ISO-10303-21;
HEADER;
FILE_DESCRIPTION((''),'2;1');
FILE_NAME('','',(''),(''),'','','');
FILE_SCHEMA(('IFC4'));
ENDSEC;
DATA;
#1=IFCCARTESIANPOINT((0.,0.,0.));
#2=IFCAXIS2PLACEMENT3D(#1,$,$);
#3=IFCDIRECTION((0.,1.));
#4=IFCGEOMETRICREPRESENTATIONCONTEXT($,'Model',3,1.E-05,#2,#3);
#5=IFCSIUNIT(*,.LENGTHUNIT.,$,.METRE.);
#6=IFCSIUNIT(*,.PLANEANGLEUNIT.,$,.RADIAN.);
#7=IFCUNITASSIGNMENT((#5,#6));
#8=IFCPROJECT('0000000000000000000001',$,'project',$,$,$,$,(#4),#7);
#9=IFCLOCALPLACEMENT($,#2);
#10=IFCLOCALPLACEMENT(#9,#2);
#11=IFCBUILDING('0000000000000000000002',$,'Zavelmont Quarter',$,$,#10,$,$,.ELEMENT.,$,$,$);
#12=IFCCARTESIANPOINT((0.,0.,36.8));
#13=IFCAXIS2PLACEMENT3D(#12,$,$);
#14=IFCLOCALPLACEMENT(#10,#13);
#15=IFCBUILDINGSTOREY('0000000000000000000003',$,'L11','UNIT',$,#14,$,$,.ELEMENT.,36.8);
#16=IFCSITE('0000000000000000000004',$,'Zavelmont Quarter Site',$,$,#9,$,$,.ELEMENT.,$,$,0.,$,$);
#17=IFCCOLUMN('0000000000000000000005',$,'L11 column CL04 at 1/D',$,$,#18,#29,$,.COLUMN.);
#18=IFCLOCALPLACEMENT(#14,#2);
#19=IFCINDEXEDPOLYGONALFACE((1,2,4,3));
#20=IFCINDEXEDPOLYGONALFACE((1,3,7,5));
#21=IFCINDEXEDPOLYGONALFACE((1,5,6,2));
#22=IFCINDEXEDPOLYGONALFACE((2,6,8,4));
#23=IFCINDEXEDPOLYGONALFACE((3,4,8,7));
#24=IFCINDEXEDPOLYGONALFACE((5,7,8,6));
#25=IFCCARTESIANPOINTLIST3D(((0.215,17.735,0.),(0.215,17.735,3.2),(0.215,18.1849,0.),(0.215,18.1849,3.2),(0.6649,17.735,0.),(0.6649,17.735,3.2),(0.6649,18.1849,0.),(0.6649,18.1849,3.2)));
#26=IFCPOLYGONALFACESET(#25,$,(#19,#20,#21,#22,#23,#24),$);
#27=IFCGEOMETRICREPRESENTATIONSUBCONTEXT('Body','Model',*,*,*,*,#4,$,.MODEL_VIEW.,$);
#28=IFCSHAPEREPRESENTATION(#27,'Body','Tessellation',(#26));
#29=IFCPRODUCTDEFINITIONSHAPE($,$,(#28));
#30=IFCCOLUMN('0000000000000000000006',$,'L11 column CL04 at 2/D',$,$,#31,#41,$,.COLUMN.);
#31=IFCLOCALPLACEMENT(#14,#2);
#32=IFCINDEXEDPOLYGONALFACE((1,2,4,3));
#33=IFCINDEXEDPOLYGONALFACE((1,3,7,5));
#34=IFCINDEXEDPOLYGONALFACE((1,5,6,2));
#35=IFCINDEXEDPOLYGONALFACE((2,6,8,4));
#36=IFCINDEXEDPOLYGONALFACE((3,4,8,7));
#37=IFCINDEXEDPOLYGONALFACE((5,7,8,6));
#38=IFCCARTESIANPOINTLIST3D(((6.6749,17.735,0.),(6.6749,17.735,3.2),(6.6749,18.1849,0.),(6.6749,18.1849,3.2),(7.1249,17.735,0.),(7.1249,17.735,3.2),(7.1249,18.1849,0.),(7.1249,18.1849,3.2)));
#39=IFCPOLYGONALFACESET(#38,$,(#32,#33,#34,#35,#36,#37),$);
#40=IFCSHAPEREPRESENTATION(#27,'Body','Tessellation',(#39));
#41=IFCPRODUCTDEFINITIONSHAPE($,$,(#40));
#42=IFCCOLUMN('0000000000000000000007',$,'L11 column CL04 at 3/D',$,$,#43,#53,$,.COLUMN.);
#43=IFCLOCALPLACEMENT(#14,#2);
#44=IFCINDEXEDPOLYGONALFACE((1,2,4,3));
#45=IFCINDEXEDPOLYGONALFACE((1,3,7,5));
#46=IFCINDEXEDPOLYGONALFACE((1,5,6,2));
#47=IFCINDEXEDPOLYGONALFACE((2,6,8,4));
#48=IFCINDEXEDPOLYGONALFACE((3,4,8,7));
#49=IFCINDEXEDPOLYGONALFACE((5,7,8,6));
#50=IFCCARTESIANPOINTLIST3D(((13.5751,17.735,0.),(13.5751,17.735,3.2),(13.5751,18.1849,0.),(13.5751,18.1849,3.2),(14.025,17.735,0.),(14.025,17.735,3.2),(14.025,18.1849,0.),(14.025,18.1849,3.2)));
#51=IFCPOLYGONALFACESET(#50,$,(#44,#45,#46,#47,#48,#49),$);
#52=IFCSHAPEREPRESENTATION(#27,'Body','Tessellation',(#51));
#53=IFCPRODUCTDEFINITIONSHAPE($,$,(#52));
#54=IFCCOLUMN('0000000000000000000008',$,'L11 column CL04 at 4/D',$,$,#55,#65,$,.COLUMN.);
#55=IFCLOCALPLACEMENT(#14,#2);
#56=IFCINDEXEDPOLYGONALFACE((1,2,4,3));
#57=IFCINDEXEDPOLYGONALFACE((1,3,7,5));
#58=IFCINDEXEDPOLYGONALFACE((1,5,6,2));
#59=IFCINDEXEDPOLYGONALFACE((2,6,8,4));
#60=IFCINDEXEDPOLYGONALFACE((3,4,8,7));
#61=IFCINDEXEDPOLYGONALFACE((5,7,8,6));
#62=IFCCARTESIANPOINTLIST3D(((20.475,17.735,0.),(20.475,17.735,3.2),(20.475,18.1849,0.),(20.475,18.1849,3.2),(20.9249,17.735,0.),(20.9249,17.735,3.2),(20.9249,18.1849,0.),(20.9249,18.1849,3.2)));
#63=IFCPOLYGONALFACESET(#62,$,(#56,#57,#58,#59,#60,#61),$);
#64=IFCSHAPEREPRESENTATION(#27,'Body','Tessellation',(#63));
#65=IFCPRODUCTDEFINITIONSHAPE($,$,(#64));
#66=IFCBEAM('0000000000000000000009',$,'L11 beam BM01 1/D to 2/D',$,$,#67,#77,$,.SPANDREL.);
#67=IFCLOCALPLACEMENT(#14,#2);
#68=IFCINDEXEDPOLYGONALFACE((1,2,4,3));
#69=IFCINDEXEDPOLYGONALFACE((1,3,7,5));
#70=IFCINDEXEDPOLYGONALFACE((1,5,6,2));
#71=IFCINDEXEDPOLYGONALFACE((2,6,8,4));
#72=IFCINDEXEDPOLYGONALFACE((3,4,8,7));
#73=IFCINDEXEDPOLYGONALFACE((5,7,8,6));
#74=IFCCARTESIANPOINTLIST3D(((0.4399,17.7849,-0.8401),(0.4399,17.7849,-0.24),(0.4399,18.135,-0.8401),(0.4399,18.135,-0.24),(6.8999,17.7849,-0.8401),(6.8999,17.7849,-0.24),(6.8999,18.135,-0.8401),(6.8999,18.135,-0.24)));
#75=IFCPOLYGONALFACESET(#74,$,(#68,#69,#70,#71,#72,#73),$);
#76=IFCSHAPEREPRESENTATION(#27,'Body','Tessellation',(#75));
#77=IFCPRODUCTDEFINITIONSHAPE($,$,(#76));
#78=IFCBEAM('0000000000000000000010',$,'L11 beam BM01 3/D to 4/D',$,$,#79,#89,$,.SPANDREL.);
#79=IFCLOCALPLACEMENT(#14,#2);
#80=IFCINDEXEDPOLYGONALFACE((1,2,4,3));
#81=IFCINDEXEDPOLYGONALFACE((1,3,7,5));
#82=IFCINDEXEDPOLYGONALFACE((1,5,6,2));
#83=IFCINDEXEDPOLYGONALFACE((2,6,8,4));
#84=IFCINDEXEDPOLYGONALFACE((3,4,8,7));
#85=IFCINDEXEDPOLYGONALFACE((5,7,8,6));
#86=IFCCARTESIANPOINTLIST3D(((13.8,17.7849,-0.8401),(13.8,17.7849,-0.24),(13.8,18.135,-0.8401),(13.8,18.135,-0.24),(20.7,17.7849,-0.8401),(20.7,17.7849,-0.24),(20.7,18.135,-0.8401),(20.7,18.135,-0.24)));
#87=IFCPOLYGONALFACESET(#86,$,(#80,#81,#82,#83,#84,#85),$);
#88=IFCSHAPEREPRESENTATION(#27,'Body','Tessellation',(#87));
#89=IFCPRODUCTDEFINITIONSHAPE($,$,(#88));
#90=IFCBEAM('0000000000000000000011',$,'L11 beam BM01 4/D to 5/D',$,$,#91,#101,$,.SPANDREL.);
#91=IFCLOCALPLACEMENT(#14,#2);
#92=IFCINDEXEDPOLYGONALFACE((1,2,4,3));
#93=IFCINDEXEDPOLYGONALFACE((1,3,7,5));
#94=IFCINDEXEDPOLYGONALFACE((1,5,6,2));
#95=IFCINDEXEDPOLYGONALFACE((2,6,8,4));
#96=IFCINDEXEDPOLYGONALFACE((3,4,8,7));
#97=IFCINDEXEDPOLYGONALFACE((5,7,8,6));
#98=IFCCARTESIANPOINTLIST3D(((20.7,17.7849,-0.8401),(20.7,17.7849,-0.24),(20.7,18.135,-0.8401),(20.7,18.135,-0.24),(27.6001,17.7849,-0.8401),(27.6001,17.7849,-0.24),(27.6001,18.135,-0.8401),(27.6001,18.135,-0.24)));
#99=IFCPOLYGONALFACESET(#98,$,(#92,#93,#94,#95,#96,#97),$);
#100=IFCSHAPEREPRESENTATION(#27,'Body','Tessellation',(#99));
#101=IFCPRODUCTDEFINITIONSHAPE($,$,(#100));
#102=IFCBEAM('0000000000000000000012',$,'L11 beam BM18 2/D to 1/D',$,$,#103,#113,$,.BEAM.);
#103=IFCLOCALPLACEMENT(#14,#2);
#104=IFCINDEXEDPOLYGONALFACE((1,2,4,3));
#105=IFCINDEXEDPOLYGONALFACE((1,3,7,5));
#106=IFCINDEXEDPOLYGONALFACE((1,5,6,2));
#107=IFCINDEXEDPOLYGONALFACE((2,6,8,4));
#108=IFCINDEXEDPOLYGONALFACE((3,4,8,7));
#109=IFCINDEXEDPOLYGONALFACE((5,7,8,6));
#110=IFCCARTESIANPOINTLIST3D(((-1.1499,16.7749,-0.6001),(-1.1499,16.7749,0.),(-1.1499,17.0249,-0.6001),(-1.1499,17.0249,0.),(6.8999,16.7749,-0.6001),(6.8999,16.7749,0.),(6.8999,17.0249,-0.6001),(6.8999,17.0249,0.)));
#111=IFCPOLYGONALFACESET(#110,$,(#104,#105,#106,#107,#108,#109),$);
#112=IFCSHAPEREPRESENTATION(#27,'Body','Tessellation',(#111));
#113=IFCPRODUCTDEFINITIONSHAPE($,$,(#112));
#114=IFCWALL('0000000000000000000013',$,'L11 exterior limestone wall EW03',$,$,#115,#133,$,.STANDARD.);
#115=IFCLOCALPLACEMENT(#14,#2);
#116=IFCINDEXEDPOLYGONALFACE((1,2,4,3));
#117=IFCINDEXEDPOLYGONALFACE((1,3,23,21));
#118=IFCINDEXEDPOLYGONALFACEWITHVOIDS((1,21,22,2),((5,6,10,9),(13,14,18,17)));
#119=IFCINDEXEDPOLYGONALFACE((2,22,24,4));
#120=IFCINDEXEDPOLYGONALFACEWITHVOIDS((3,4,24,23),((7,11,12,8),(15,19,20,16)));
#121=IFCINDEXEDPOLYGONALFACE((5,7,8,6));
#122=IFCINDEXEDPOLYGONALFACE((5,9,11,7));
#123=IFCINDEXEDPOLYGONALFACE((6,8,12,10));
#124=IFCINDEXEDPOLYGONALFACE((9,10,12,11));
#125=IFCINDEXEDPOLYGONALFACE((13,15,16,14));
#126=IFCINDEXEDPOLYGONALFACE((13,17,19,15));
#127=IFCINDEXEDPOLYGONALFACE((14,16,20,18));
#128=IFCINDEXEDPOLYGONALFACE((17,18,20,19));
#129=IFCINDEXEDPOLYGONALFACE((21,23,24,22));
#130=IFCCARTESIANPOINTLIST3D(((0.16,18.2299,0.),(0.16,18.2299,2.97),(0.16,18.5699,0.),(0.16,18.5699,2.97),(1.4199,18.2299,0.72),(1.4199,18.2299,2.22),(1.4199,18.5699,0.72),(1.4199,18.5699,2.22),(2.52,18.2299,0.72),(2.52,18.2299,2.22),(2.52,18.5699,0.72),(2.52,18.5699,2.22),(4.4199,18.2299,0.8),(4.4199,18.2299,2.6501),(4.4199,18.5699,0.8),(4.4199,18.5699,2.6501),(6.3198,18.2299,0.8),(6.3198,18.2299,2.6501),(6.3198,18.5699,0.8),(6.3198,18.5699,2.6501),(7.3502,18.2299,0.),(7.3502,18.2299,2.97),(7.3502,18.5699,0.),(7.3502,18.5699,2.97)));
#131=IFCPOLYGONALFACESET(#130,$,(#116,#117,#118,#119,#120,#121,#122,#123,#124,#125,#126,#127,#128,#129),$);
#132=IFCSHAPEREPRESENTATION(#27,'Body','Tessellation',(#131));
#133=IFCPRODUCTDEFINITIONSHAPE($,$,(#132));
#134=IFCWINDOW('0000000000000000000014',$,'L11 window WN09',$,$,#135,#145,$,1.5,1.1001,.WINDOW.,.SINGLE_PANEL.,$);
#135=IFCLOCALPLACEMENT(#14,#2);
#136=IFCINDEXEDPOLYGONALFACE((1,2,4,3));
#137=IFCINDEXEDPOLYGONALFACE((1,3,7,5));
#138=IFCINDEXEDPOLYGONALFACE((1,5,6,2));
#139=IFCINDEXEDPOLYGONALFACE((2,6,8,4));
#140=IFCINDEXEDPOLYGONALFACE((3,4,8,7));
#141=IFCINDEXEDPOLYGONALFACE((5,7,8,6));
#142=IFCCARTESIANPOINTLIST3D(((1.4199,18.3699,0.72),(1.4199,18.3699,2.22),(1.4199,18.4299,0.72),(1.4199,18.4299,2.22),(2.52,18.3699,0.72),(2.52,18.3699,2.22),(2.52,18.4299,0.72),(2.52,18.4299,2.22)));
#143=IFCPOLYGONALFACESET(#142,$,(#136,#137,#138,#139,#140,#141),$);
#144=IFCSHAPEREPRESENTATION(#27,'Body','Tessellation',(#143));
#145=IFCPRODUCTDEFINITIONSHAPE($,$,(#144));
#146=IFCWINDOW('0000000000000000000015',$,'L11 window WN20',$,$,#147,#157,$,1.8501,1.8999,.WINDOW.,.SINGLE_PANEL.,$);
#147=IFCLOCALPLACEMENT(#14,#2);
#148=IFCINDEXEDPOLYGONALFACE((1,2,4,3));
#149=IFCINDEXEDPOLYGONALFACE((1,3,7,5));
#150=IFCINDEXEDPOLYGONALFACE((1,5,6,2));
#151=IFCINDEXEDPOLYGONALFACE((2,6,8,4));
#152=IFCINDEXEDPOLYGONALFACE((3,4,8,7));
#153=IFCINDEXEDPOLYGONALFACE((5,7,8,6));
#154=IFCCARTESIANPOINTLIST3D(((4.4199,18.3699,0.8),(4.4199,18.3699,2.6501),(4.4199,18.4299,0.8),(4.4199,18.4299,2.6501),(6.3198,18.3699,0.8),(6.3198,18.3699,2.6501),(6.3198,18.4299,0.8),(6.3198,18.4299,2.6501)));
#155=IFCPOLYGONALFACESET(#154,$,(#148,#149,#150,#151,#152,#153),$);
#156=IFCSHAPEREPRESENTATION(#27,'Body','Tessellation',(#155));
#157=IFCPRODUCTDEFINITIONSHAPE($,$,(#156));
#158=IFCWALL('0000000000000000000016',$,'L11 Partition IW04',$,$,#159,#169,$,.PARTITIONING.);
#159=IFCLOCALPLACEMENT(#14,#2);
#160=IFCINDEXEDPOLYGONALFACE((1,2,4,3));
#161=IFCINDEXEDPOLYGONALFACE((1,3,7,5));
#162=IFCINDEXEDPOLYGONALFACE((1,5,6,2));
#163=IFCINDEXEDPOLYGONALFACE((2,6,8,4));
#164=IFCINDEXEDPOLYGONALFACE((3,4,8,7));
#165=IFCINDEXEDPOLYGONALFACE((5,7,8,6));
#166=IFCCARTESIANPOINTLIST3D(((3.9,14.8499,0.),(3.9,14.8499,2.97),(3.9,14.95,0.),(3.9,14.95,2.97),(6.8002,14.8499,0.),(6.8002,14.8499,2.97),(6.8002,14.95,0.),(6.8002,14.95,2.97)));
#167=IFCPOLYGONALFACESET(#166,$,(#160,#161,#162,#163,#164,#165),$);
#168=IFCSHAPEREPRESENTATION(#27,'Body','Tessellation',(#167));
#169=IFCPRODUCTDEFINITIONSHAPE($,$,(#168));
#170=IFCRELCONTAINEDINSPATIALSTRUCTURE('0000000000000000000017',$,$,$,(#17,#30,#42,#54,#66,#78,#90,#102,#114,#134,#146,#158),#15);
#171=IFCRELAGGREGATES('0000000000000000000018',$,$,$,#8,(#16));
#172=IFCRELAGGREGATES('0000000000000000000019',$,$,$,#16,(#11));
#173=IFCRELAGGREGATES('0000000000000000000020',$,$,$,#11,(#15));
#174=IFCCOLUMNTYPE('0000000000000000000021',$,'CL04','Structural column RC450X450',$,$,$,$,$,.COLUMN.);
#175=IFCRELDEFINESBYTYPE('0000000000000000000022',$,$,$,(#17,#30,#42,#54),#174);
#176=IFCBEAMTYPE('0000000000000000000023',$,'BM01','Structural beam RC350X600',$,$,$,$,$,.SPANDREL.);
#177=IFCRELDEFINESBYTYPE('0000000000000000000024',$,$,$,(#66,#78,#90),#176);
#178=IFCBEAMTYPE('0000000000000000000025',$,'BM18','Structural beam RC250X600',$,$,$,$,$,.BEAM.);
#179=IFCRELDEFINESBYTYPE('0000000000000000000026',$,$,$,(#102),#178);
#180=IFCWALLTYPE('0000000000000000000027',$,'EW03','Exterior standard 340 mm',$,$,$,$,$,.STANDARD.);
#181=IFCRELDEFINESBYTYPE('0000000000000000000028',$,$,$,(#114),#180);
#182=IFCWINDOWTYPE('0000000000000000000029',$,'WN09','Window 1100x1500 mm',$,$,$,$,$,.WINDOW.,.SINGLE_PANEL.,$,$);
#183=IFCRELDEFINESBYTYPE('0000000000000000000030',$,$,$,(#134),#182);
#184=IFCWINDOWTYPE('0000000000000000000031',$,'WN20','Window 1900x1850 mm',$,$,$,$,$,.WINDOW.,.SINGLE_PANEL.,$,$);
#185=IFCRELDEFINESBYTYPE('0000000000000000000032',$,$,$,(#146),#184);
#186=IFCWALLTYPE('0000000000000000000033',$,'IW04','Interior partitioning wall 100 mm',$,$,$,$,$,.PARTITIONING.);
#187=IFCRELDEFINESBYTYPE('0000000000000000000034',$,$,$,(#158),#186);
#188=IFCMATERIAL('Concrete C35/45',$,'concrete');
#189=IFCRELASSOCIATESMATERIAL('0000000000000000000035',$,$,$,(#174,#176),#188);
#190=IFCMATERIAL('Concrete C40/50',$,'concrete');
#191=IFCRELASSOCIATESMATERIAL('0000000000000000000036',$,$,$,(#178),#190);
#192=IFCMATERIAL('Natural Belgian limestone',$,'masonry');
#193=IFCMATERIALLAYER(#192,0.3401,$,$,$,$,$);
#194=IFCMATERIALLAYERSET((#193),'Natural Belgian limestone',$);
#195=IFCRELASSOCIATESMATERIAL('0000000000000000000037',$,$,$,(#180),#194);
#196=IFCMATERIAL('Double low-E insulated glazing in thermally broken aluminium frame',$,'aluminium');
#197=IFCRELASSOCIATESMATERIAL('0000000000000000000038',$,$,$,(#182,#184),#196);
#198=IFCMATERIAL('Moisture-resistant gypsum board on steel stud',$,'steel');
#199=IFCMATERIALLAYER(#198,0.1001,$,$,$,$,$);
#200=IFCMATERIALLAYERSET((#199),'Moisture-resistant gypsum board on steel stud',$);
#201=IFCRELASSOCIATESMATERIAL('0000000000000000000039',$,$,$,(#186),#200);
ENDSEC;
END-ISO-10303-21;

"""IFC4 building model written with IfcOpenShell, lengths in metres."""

from ifc_helpers import new_model, si_unit, direction, frame, frame_2d, origin, origin_with_axes, origin_2d, place, context, subcontext, project, spatial, rectangle, extrude, material, layer, layer_set, material_profile, profile_set, type_object, element, fill, save


model = new_model("IFC4")

# Units and contexts
model_context = context("Model", 3, precision=1e-05, world=origin(), true_north=direction((0.0, 1.0)))
body_context = subcontext(model_context, "Body", "Model", "MODEL_VIEW")
ifc_project = project(units=[si_unit("LENGTHUNIT", "METRE"), si_unit("PLANEANGLEUNIT", "RADIAN")], contexts=[model_context])

# Site, building, storey
site_placement = place(None, origin())
site = spatial("IfcSite", under=ifc_project, at=site_placement, Name="Zavelmont Quarter Site", CompositionType="ELEMENT", RefElevation=0.0)
building_placement = place(site_placement, origin())
building = spatial("IfcBuilding", under=site, at=building_placement, Name="Zavelmont Quarter", CompositionType="ELEMENT")
storey_placement = place(building_placement, frame((0.0, 0.0, 36.8)))
storey = spatial("IfcBuildingStorey", under=building, at=storey_placement, Name="L11", Description="UNIT", CompositionType="ELEMENT", Elevation=36.8)

# Columns
ifc_material_1 = material(Name="Concrete C35/45", Category="concrete")
ifc_material_profile_1 = material_profile(ifc_material_1, rectangle(XDim=0.45, YDim=0.45, at=origin_2d()), Name="RC450X450")
ifc_profile_set_1 = profile_set([ifc_material_profile_1], Name="Concrete C35/45")
column_type = type_object("IfcColumnType", Name="CL04", Description="Structural column RC450X450", PredefinedType="COLUMN", material=ifc_profile_set_1)
for number, where, z_axis, x_axis, name in (
    (1, (0.4399, 17.96, 0.0), (0.0, 0.0, 1.0), (1.0, 0.0, 0.0), "L11 column CL04 at 1/D"),
    (2, (6.8999, 17.96, 0.0), (0.0, 0.0, 1.0), (1.0, 0.0, 0.0), "L11 column CL04 at 2/D"),
    (3, (13.8, 17.96, 0.0), (0.0, 0.0, 1.0), (1.0, 0.0, 0.0), "L11 column CL04 at 3/D"),
    (4, (20.7, 17.96, 0.0), (0.0, 0.0, 1.0), (1.0, 0.0, 0.0), "L11 column CL04 at 4/D"),
):
    element("IfcColumn", number, at=place(storey_placement, frame(where, z_axis=z_axis, x_axis=x_axis)), inside=storey, type_object=column_type, Name=name, PredefinedType="COLUMN", context=body_context, shape_type="SweptSolid", body=[
        extrude(rectangle(XDim=0.45, YDim=0.45, at=origin_2d()), origin(), (0.0, 0.0, 1.0), 3.2),
    ])

# Beams
ifc_material_profile_2 = material_profile(ifc_material_1, rectangle(XDim=0.3501, YDim=0.6001, at=origin_2d()), Name="RC350X600")
ifc_profile_set_2 = profile_set([ifc_material_profile_2], Name="Concrete C35/45")
beam_type_1 = type_object("IfcBeamType", Name="BM01", Description="Structural beam RC350X600", PredefinedType="SPANDREL", material=ifc_profile_set_2)
beam_1_placement = place(storey_placement, frame((0.4399, 17.96, -0.54), z_axis=(1.0, 0.0, 0.0), x_axis=(0.0, 1.0, 0.0)))
element("IfcBeam", 5, at=beam_1_placement, inside=storey, type_object=beam_type_1, Name="L11 beam BM01 1/D to 2/D", PredefinedType="SPANDREL", context=body_context, shape_type="SweptSolid", body=[
    extrude(rectangle(XDim=0.3501, YDim=0.6001, at=origin_2d()), origin(), (0.0, 0.0, 1.0), 6.46),
])
beam_2_placement = place(storey_placement, frame((13.8, 17.96, -0.54), z_axis=(1.0, 0.0, 0.0), x_axis=(0.0, 1.0, 0.0)))
element("IfcBeam", 6, at=beam_2_placement, inside=storey, type_object=beam_type_1, Name="L11 beam BM01 3/D to 4/D", PredefinedType="SPANDREL", context=body_context, shape_type="SweptSolid", body=[
    extrude(rectangle(XDim=0.3501, YDim=0.6001, at=origin_2d()), origin(), (0.0, 0.0, 1.0), 6.8999),
])
beam_3_placement = place(storey_placement, frame((20.7, 17.96, -0.54), z_axis=(1.0, 0.0, 0.0), x_axis=(0.0, 1.0, 0.0)))
element("IfcBeam", 7, at=beam_3_placement, inside=storey, type_object=beam_type_1, Name="L11 beam BM01 4/D to 5/D", PredefinedType="SPANDREL", context=body_context, shape_type="SweptSolid", body=[
    extrude(rectangle(XDim=0.3501, YDim=0.6001, at=origin_2d()), origin(), (0.0, 0.0, 1.0), 6.9001),
])
ifc_material_2 = material(Name="Concrete C40/50", Category="concrete")
ifc_material_profile_3 = material_profile(ifc_material_2, rectangle(XDim=0.25, YDim=0.6001, at=origin_2d()), Name="RC250X600")
ifc_profile_set_3 = profile_set([ifc_material_profile_3], Name="Concrete C40/50")
beam_type_2 = type_object("IfcBeamType", Name="BM18", Description="Structural beam RC250X600", PredefinedType="BEAM", material=ifc_profile_set_3)
beam_4_placement = place(storey_placement, frame((6.8999, 16.8999, -0.3), z_axis=(-1.0, 0.0, 0.0), x_axis=(0.0, -1.0, 0.0)))
element("IfcBeam", 8, at=beam_4_placement, inside=storey, type_object=beam_type_2, Name="L11 beam BM18 2/D to 1/D", PredefinedType="BEAM", context=body_context, shape_type="SweptSolid", body=[
    extrude(rectangle(XDim=0.25, YDim=0.6001, at=origin_2d()), origin(), (0.0, 0.0, 1.0), 8.0498),
])

# Wall, openings, windows
ifc_material_3 = material(Name="Natural Belgian limestone", Category="masonry")
ifc_layer_1 = layer(ifc_material_3, 0.3401)
ifc_layer_set_1 = layer_set([ifc_layer_1], Name="Natural Belgian limestone")
wall_type_1 = type_object("IfcWallType", Name="EW03", Description="Exterior standard 340 mm", PredefinedType="STANDARD", material=ifc_layer_set_1)
wall_1_placement = place(storey_placement, frame((0.1599, 18.3999, 0.0), z_axis=(0.0, 0.0, 1.0), x_axis=(1.0, 0.0, 0.0)))
wall_1 = element("IfcWall", 9, at=wall_1_placement, inside=storey, type_object=wall_type_1, Name="L11 exterior limestone wall EW03", PredefinedType="STANDARD", context=body_context, shape_type="SweptSolid", body=[
    extrude(rectangle(XDim=7.1902, YDim=0.3401, at=frame_2d((3.5952, 0.0))), origin(), (0.0, 0.0, 1.0), 2.97),
])
opening_1_placement = place(wall_1_placement, frame((1.26, 0.0, 0.72)))
opening_1 = element("IfcOpeningElement", 10, at=opening_1_placement, cuts=wall_1, PredefinedType="OPENING", context=body_context, shape_type="SweptSolid", body=[
    extrude(rectangle(XDim=1.1001, YDim=1.5, at=frame_2d((0.55, 0.75))), frame((0.0, 0.1821, 0.0), z_axis=(0.0, -1.0, 0.0), x_axis=(1.0, 0.0, 0.0)), (0.0, 0.0, 1.0), 0.364),
])
opening_2_placement = place(wall_1_placement, frame((4.26, 0.0, 0.8)))
opening_2 = element("IfcOpeningElement", 11, at=opening_2_placement, cuts=wall_1, PredefinedType="OPENING", context=body_context, shape_type="SweptSolid", body=[
    extrude(rectangle(XDim=1.8999, YDim=1.8501, at=frame_2d((0.95, 0.925))), frame((0.0, 0.1821, 0.0), z_axis=(0.0, -1.0, 0.0), x_axis=(1.0, 0.0, 0.0)), (0.0, 0.0, 1.0), 0.364),
])
ifc_material_4 = material(Name="Double low-E insulated glazing in thermally broken aluminium frame", Category="aluminium")
window_type_1 = type_object("IfcWindowType", Name="WN09", Description="Window 1100x1500 mm", PartitioningType="SINGLE_PANEL", PredefinedType="WINDOW", material=ifc_material_4)
window_1_placement = place(opening_1_placement, origin_with_axes())
window_1 = element("IfcWindow", 12, at=window_1_placement, inside=storey, type_object=window_type_1, Name="L11 window WN09", OverallHeight=1.5, OverallWidth=1.1001, PartitioningType="SINGLE_PANEL", PredefinedType="WINDOW", context=body_context, shape_type="SweptSolid", body=[
    extrude(rectangle(XDim=1.1001, YDim=1.5, at=frame_2d((0.55, 0.75))), frame((0.0, 0.03, 0.0), z_axis=(0.0, -1.0, 0.0), x_axis=(1.0, 0.0, 0.0)), (0.0, 0.0, 1.0), 0.0601),
])
fill(opening_1, window_1)
window_type_2 = type_object("IfcWindowType", Name="WN20", Description="Window 1900x1850 mm", PartitioningType="SINGLE_PANEL", PredefinedType="WINDOW", material=ifc_material_4)
window_2_placement = place(opening_2_placement, origin_with_axes())
window_2 = element("IfcWindow", 13, at=window_2_placement, inside=storey, type_object=window_type_2, Name="L11 window WN20", OverallHeight=1.8501, OverallWidth=1.8999, PartitioningType="SINGLE_PANEL", PredefinedType="WINDOW", context=body_context, shape_type="SweptSolid", body=[
    extrude(rectangle(XDim=1.8999, YDim=1.8501, at=frame_2d((0.95, 0.925))), frame((0.0, 0.03, 0.0), z_axis=(0.0, -1.0, 0.0), x_axis=(1.0, 0.0, 0.0)), (0.0, 0.0, 1.0), 0.0601),
])
fill(opening_2, window_2)

# Wall
ifc_material_5 = material(Name="Moisture-resistant gypsum board on steel stud", Category="steel")
ifc_layer_2 = layer(ifc_material_5, 0.1001)
ifc_layer_set_2 = layer_set([ifc_layer_2], Name="Moisture-resistant gypsum board on steel stud")
wall_type_2 = type_object("IfcWallType", Name="IW04", Description="Interior partitioning wall 100 mm", PredefinedType="PARTITIONING", material=ifc_layer_set_2)
wall_2_placement = place(storey_placement, frame((3.8999, 14.8999, 0.0), z_axis=(0.0, 0.0, 1.0), x_axis=(1.0, 0.0, 0.0)))
element("IfcWall", 14, at=wall_2_placement, inside=storey, type_object=wall_type_2, Name="L11 Partition IW04", PredefinedType="PARTITIONING", context=body_context, shape_type="SweptSolid", body=[
    extrude(rectangle(XDim=2.9001, YDim=0.1001, at=frame_2d((1.4502, 0.0))), origin(), (0.0, 0.0, 1.0), 2.97),
])

save(model, "model.ifc")
